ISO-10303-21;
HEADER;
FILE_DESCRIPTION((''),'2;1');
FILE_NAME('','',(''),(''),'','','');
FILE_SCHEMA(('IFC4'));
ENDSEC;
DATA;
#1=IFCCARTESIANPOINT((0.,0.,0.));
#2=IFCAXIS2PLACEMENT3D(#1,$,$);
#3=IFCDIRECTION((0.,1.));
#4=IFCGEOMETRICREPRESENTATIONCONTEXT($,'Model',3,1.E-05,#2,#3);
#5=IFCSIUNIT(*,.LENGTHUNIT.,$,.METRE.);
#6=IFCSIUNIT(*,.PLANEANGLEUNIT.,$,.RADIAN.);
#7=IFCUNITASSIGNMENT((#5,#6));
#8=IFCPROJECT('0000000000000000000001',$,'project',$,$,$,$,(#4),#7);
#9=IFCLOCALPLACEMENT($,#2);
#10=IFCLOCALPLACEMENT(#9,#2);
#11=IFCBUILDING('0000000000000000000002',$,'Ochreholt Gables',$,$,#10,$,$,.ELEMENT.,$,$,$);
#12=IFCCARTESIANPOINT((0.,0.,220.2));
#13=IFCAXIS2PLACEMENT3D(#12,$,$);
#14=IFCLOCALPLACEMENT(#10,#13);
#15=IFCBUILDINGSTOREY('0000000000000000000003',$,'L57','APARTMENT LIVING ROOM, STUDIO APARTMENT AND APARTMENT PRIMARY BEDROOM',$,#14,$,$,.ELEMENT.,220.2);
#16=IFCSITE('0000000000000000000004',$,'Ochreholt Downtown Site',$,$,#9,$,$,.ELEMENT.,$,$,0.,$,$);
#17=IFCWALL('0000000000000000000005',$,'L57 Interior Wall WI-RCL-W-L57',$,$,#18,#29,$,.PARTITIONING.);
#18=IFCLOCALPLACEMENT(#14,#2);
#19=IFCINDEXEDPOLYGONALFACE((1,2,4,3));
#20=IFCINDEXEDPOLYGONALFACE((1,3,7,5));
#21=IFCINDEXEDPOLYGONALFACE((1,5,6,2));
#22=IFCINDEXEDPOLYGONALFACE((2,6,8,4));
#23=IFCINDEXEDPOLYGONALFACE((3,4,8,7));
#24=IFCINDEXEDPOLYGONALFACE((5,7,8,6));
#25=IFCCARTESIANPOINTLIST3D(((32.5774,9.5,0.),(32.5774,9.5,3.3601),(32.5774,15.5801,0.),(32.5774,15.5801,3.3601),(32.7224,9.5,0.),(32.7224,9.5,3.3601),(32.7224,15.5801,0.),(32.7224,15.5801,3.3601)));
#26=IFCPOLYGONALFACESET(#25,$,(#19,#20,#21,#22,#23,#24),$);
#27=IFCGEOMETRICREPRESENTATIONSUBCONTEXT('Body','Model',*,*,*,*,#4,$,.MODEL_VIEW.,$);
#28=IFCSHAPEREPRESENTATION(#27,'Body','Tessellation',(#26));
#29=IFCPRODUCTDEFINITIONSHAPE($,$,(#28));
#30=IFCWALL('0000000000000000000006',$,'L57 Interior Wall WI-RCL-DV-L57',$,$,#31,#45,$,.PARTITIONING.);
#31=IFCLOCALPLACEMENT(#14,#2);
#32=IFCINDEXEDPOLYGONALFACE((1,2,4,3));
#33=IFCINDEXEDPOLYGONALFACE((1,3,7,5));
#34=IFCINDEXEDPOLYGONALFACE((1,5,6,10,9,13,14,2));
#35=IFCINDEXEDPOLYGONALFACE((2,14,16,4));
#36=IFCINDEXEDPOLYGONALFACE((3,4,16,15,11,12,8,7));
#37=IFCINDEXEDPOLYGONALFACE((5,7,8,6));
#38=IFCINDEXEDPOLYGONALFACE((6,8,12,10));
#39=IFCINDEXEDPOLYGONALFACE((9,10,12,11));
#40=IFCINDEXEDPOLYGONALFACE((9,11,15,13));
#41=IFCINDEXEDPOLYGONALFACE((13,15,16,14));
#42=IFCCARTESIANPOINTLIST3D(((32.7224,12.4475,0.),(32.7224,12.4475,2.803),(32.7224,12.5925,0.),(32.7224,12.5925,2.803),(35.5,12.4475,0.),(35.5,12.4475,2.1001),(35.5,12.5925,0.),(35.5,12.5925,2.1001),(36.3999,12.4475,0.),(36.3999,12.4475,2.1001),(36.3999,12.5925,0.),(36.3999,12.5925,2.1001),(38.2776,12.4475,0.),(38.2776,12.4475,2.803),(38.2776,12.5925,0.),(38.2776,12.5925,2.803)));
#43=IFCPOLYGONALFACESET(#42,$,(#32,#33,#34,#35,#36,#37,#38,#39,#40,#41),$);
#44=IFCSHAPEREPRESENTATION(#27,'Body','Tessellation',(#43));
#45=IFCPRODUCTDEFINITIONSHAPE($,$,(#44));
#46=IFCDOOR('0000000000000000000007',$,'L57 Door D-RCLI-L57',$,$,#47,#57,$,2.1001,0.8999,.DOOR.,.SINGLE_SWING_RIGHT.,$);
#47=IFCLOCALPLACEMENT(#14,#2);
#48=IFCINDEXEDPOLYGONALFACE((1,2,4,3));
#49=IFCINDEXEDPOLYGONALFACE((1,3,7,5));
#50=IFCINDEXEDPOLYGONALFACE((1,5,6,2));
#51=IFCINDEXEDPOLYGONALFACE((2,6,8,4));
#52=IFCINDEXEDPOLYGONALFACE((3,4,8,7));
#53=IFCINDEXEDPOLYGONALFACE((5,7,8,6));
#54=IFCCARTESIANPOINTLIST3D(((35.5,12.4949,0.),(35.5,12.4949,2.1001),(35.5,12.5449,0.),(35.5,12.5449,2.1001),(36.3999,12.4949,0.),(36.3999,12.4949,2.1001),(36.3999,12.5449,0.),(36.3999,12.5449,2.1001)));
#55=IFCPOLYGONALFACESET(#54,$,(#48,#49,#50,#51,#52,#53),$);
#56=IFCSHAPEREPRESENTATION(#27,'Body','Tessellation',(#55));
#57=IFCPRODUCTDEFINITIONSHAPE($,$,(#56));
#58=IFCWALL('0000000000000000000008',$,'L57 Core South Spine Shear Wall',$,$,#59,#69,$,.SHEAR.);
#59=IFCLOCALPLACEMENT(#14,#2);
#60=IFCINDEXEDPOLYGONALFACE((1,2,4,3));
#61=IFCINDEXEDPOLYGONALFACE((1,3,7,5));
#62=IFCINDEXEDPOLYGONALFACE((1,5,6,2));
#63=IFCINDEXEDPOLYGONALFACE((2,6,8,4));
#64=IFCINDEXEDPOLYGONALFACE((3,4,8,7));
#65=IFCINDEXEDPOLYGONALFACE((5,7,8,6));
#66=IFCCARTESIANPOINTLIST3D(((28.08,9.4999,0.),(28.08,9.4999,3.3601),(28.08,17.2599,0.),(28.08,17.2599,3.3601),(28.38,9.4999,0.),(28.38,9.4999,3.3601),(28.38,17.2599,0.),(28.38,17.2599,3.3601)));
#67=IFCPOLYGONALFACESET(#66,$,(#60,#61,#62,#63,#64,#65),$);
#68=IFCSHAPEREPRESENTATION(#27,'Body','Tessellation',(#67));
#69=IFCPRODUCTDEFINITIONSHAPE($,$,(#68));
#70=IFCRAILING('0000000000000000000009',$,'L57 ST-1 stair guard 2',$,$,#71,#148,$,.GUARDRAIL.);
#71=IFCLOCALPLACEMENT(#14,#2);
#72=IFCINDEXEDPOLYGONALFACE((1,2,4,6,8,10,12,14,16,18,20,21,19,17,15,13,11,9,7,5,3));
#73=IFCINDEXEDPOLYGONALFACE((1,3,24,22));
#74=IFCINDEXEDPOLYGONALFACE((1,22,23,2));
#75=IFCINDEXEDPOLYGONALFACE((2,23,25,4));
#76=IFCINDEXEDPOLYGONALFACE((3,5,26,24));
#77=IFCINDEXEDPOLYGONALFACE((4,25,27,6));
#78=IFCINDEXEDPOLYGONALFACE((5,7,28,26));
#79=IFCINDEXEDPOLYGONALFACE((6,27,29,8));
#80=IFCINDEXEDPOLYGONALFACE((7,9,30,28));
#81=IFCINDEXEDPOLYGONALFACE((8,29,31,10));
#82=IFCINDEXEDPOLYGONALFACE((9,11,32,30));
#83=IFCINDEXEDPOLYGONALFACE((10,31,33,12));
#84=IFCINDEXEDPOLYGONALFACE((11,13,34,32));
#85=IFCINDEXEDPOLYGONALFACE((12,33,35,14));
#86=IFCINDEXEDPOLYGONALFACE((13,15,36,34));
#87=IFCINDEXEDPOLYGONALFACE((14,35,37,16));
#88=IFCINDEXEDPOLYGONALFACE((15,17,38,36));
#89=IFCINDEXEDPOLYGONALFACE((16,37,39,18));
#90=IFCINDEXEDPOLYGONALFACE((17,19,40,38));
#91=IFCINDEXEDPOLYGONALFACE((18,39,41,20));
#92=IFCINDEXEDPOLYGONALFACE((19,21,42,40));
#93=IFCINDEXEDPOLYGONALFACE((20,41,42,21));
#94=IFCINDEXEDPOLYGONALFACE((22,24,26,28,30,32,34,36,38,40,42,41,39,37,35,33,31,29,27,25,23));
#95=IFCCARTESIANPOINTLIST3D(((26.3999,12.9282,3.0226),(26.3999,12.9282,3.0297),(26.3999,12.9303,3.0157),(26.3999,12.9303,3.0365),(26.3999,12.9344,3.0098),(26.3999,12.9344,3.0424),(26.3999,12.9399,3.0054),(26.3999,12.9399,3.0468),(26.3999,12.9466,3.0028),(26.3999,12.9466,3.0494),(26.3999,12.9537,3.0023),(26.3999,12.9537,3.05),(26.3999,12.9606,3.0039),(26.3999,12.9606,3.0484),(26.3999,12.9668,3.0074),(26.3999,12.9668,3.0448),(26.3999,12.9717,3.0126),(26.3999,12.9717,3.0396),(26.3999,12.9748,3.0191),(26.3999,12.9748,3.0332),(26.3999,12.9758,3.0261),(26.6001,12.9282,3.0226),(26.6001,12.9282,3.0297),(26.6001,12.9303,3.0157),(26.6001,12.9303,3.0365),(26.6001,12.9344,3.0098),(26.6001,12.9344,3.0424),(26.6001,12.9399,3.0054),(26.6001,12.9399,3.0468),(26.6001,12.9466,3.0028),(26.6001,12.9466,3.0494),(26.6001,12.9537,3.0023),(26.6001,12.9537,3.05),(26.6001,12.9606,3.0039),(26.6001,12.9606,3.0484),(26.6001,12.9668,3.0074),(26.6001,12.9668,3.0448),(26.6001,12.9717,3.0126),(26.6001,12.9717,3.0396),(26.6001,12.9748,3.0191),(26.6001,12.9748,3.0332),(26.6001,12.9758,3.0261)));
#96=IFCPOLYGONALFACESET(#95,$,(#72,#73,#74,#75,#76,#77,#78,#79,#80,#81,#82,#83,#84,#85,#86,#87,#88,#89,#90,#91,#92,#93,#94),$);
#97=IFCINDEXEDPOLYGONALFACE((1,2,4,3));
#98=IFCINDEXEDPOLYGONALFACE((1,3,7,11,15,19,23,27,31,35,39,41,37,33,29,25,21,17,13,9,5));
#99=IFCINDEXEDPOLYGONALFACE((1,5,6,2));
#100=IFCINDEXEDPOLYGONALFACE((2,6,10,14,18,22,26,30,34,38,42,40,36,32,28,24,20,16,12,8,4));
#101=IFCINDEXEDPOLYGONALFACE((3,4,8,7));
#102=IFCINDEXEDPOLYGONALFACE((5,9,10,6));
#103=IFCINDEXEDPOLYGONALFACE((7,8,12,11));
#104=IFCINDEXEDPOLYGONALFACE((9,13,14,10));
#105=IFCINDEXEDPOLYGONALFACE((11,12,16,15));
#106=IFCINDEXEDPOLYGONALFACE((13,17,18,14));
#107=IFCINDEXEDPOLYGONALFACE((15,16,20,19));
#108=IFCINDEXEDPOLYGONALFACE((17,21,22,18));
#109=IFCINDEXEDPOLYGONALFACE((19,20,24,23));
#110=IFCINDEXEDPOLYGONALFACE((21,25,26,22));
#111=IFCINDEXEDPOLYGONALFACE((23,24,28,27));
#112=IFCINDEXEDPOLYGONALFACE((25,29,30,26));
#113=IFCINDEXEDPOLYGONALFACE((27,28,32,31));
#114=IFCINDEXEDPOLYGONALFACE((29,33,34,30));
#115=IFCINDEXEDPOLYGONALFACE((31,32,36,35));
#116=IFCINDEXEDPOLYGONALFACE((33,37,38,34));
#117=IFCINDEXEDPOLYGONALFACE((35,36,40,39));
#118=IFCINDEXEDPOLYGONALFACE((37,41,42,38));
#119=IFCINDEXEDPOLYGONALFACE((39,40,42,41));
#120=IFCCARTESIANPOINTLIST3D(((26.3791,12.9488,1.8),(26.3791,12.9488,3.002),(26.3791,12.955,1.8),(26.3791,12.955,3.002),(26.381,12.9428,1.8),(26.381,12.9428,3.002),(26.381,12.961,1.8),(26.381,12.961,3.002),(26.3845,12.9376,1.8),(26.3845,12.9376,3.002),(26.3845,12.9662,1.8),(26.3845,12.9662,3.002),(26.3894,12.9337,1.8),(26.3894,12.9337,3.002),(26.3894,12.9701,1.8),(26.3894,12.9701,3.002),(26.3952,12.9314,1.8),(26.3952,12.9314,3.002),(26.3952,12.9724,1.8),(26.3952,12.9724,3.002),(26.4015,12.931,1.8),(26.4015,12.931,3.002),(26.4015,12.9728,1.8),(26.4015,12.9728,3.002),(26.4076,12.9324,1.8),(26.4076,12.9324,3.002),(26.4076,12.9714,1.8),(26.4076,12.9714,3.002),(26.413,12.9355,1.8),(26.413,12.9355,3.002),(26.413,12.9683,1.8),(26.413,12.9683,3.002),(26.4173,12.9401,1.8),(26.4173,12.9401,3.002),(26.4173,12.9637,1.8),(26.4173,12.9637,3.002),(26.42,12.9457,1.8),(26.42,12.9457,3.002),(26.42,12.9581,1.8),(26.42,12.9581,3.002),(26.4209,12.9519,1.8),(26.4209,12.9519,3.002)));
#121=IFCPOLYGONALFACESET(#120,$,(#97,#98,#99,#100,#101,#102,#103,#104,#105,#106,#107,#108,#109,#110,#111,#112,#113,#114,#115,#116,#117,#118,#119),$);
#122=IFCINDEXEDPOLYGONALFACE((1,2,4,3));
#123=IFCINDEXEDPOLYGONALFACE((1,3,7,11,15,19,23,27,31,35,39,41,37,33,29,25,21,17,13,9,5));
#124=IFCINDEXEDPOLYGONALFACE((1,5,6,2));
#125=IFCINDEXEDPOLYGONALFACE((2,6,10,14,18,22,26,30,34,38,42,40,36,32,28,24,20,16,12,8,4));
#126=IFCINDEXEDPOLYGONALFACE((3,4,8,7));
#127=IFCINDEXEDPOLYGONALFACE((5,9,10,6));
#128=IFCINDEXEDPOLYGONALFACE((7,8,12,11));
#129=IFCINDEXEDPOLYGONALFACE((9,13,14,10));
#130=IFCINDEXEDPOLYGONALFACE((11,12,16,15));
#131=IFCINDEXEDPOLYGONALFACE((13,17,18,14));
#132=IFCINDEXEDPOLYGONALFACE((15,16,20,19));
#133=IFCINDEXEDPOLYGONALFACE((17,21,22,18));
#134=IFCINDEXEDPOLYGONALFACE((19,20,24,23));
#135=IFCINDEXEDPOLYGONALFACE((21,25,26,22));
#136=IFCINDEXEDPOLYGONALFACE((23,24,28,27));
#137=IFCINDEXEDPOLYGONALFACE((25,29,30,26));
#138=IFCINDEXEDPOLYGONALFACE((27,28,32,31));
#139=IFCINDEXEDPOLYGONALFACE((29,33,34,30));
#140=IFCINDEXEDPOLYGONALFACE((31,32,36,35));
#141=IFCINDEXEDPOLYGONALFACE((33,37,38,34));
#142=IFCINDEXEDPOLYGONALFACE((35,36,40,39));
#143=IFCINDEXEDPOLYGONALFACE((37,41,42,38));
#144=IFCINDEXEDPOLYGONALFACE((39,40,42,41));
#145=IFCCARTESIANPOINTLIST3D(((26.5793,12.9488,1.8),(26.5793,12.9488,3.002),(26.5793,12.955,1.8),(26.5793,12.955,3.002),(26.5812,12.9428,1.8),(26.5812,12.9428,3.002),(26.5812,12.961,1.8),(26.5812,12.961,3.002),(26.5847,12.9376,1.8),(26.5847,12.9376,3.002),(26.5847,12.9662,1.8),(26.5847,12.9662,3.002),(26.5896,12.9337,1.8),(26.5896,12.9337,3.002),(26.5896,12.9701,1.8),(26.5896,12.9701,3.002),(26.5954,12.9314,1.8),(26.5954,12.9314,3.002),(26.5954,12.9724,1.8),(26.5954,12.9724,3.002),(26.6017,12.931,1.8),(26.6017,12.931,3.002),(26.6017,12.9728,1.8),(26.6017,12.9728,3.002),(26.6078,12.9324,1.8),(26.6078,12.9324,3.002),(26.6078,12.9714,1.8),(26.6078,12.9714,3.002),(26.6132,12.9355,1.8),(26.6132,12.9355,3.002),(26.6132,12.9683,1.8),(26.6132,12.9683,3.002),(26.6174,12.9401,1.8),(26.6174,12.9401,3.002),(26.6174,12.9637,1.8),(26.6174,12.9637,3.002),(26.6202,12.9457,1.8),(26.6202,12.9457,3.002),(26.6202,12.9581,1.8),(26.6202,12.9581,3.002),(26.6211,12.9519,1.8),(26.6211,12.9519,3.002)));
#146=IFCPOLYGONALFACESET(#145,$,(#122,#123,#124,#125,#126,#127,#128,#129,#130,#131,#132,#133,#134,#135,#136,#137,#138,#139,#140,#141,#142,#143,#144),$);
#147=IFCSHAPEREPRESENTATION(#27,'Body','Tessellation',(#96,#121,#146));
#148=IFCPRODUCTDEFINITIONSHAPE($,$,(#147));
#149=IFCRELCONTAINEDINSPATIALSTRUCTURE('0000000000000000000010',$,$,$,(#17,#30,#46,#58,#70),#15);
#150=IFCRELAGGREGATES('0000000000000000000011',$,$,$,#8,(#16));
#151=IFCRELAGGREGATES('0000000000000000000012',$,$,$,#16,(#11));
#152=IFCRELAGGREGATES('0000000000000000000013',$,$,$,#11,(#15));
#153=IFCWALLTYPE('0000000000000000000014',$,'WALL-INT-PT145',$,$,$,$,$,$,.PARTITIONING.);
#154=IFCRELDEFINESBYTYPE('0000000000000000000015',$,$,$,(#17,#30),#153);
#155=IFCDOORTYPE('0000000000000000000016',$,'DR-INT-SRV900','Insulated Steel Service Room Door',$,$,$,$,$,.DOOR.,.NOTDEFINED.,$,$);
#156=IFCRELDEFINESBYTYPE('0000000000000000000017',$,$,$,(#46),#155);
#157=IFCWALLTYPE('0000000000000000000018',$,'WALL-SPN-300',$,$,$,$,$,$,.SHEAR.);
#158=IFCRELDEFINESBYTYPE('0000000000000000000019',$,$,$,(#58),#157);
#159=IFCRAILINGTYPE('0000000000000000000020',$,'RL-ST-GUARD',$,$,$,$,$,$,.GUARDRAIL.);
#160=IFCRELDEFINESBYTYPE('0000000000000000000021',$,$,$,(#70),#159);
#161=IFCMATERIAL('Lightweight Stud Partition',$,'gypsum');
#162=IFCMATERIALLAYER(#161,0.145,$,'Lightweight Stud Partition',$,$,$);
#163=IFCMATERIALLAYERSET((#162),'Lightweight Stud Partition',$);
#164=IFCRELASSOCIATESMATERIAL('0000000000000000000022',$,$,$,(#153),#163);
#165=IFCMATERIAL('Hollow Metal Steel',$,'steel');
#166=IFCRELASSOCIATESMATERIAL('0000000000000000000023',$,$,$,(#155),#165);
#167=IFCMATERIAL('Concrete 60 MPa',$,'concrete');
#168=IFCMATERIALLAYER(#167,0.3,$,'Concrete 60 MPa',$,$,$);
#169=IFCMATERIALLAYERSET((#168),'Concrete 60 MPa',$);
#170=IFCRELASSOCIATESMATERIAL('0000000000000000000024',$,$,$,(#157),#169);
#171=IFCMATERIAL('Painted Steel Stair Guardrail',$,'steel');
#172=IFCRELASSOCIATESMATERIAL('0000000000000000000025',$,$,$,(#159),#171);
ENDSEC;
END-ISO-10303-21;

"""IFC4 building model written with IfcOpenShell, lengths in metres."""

from ifc_helpers import new_model, si_unit, direction, frame, frame_2d, origin, origin_2d, place, context, subcontext, project, spatial, rectangle, circle, extrude, material, layer, layer_set, type_object, element, fill, save


model = new_model("IFC4")

# Units and contexts
model_context = context("Model", 3, precision=1e-05, world=origin(), true_north=direction((0.0, 1.0)))
body_context = subcontext(model_context, "Body", "Model", "MODEL_VIEW")
ifc_project = project(units=[si_unit("LENGTHUNIT", "METRE"), si_unit("PLANEANGLEUNIT", "RADIAN")], contexts=[model_context])

# Site, building, storey
site_placement = place(None, origin())
site = spatial("IfcSite", under=ifc_project, at=site_placement, Name="Ochreholt Downtown Site", CompositionType="ELEMENT", RefElevation=0.0)
building_placement = place(site_placement, origin())
building = spatial("IfcBuilding", under=site, at=building_placement, Name="Ochreholt Gables", CompositionType="ELEMENT")
storey_placement = place(building_placement, frame((0.0, 0.0, 220.2)))
storey = spatial("IfcBuildingStorey", under=building, at=storey_placement, Name="L57", Description="APARTMENT LIVING ROOM, STUDIO APARTMENT AND APARTMENT PRIMARY BEDROOM", CompositionType="ELEMENT", Elevation=220.2)

# Wall
ifc_material_1 = material(Name="Lightweight Stud Partition", Category="gypsum")
ifc_layer_1 = layer(ifc_material_1, 0.145, Name="Lightweight Stud Partition")
ifc_layer_set_1 = layer_set([ifc_layer_1], Name="Lightweight Stud Partition")
wall_type_1 = type_object("IfcWallType", Name="WALL-INT-PT145", PredefinedType="PARTITIONING", material=ifc_layer_set_1)
wall_1_placement = place(storey_placement, frame((32.6499, 9.5, 0.0), z_axis=(0.0, 0.0, 1.0), x_axis=(0.0, 1.0, 0.0)))
element("IfcWall", 1, at=wall_1_placement, inside=storey, type_object=wall_type_1, Name="L57 Interior Wall WI-RCL-W-L57", PredefinedType="PARTITIONING", context=body_context, shape_type="SweptSolid", body=[
    extrude(rectangle(XDim=6.0801, YDim=0.145, at=frame_2d((3.04, 0.0))), origin(), (0.0, 0.0, 1.0), 3.3601),
])

# Wall, opening, door
wall_2_placement = place(storey_placement, frame((32.7224, 12.52, 0.0), z_axis=(0.0, 0.0, 1.0), x_axis=(1.0, 0.0, 0.0)))
wall_2 = element("IfcWall", 2, at=wall_2_placement, inside=storey, type_object=wall_type_1, Name="L57 Interior Wall WI-RCL-DV-L57", PredefinedType="PARTITIONING", context=body_context, shape_type="SweptSolid", body=[
    extrude(rectangle(XDim=5.5552, YDim=0.145, at=frame_2d((2.7776, 0.0))), origin(), (0.0, 0.0, 1.0), 2.803),
])
opening_1_placement = place(wall_2_placement, frame((2.7776, 0.0, 0.0)))
opening_1 = element("IfcOpeningElement", 3, at=opening_1_placement, cuts=wall_2, PredefinedType="OPENING", context=body_context, shape_type="SweptSolid", body=[
    extrude(rectangle(XDim=0.8999, YDim=2.1001, at=frame_2d((0.45, 1.05))), frame((0.0, 0.0825, 0.0), z_axis=(0.0, -1.0, 0.0), x_axis=(1.0, 0.0, 0.0)), (0.0, 0.0, 1.0), 0.165),
])
ifc_material_2 = material(Name="Hollow Metal Steel", Category="steel")
door_type = type_object("IfcDoorType", Name="DR-INT-SRV900", Description="Insulated Steel Service Room Door", OperationType="NOTDEFINED", PredefinedType="DOOR", material=ifc_material_2)
door_placement = place(opening_1_placement, origin())
door = element("IfcDoor", 4, at=door_placement, inside=storey, type_object=door_type, Name="L57 Door D-RCLI-L57", OperationType="SINGLE_SWING_RIGHT", OverallHeight=2.1001, OverallWidth=0.8999, PredefinedType="DOOR", context=body_context, shape_type="SweptSolid", body=[
    extrude(rectangle(XDim=0.8999, YDim=2.1001, at=frame_2d((0.45, 1.05))), frame((0.0, 0.0249, 0.0), z_axis=(0.0, -1.0, 0.0), x_axis=(1.0, 0.0, 0.0)), (0.0, 0.0, 1.0), 0.05),
])
fill(opening_1, door)

# Wall
ifc_material_3 = material(Name="Concrete 60 MPa", Category="concrete")
ifc_layer_2 = layer(ifc_material_3, 0.3, Name="Concrete 60 MPa")
ifc_layer_set_2 = layer_set([ifc_layer_2], Name="Concrete 60 MPa")
wall_type_2 = type_object("IfcWallType", Name="WALL-SPN-300", PredefinedType="SHEAR", material=ifc_layer_set_2)
wall_3_placement = place(storey_placement, frame((28.23, 9.5, 0.0), z_axis=(0.0, 0.0, 1.0), x_axis=(0.0, 1.0, 0.0)))
element("IfcWall", 5, at=wall_3_placement, inside=storey, type_object=wall_type_2, Name="L57 Core South Spine Shear Wall", PredefinedType="SHEAR", context=body_context, shape_type="SweptSolid", body=[
    extrude(rectangle(XDim=7.76, YDim=0.3, at=frame_2d((3.8799, 0.0))), origin(), (0.0, 0.0, 1.0), 3.3601),
])

# Railing
ifc_material_4 = material(Name="Painted Steel Stair Guardrail", Category="steel")
railing_type = type_object("IfcRailingType", Name="RL-ST-GUARD", PredefinedType="GUARDRAIL", material=ifc_material_4)
railing_1_placement = place(storey_placement, frame((26.3999, 12.9519, 1.8)))
element("IfcRailing", 6, at=railing_1_placement, inside=storey, type_object=railing_type, Name="L57 ST-1 stair guard 2", PredefinedType="GUARDRAIL", context=body_context, shape_type="SweptSolid", body=[
    extrude(circle(Radius=0.0239, at=origin_2d()), frame((0.0, 0.0, 1.2261), z_axis=(1.0, 0.0, 0.0), x_axis=(0.0, 1.0, 0.0)), (0.0, 0.0, 1.0), 0.2002),
    extrude(circle(Radius=0.021, at=origin_2d()), origin(), (0.0, 0.0, 1.0), 1.2019),
    extrude(circle(Radius=0.021, at=origin_2d()), frame((0.2002, 0.0, 0.0)), (0.0, 0.0, 1.0), 1.2019),
])

save(model, "model.ifc")
